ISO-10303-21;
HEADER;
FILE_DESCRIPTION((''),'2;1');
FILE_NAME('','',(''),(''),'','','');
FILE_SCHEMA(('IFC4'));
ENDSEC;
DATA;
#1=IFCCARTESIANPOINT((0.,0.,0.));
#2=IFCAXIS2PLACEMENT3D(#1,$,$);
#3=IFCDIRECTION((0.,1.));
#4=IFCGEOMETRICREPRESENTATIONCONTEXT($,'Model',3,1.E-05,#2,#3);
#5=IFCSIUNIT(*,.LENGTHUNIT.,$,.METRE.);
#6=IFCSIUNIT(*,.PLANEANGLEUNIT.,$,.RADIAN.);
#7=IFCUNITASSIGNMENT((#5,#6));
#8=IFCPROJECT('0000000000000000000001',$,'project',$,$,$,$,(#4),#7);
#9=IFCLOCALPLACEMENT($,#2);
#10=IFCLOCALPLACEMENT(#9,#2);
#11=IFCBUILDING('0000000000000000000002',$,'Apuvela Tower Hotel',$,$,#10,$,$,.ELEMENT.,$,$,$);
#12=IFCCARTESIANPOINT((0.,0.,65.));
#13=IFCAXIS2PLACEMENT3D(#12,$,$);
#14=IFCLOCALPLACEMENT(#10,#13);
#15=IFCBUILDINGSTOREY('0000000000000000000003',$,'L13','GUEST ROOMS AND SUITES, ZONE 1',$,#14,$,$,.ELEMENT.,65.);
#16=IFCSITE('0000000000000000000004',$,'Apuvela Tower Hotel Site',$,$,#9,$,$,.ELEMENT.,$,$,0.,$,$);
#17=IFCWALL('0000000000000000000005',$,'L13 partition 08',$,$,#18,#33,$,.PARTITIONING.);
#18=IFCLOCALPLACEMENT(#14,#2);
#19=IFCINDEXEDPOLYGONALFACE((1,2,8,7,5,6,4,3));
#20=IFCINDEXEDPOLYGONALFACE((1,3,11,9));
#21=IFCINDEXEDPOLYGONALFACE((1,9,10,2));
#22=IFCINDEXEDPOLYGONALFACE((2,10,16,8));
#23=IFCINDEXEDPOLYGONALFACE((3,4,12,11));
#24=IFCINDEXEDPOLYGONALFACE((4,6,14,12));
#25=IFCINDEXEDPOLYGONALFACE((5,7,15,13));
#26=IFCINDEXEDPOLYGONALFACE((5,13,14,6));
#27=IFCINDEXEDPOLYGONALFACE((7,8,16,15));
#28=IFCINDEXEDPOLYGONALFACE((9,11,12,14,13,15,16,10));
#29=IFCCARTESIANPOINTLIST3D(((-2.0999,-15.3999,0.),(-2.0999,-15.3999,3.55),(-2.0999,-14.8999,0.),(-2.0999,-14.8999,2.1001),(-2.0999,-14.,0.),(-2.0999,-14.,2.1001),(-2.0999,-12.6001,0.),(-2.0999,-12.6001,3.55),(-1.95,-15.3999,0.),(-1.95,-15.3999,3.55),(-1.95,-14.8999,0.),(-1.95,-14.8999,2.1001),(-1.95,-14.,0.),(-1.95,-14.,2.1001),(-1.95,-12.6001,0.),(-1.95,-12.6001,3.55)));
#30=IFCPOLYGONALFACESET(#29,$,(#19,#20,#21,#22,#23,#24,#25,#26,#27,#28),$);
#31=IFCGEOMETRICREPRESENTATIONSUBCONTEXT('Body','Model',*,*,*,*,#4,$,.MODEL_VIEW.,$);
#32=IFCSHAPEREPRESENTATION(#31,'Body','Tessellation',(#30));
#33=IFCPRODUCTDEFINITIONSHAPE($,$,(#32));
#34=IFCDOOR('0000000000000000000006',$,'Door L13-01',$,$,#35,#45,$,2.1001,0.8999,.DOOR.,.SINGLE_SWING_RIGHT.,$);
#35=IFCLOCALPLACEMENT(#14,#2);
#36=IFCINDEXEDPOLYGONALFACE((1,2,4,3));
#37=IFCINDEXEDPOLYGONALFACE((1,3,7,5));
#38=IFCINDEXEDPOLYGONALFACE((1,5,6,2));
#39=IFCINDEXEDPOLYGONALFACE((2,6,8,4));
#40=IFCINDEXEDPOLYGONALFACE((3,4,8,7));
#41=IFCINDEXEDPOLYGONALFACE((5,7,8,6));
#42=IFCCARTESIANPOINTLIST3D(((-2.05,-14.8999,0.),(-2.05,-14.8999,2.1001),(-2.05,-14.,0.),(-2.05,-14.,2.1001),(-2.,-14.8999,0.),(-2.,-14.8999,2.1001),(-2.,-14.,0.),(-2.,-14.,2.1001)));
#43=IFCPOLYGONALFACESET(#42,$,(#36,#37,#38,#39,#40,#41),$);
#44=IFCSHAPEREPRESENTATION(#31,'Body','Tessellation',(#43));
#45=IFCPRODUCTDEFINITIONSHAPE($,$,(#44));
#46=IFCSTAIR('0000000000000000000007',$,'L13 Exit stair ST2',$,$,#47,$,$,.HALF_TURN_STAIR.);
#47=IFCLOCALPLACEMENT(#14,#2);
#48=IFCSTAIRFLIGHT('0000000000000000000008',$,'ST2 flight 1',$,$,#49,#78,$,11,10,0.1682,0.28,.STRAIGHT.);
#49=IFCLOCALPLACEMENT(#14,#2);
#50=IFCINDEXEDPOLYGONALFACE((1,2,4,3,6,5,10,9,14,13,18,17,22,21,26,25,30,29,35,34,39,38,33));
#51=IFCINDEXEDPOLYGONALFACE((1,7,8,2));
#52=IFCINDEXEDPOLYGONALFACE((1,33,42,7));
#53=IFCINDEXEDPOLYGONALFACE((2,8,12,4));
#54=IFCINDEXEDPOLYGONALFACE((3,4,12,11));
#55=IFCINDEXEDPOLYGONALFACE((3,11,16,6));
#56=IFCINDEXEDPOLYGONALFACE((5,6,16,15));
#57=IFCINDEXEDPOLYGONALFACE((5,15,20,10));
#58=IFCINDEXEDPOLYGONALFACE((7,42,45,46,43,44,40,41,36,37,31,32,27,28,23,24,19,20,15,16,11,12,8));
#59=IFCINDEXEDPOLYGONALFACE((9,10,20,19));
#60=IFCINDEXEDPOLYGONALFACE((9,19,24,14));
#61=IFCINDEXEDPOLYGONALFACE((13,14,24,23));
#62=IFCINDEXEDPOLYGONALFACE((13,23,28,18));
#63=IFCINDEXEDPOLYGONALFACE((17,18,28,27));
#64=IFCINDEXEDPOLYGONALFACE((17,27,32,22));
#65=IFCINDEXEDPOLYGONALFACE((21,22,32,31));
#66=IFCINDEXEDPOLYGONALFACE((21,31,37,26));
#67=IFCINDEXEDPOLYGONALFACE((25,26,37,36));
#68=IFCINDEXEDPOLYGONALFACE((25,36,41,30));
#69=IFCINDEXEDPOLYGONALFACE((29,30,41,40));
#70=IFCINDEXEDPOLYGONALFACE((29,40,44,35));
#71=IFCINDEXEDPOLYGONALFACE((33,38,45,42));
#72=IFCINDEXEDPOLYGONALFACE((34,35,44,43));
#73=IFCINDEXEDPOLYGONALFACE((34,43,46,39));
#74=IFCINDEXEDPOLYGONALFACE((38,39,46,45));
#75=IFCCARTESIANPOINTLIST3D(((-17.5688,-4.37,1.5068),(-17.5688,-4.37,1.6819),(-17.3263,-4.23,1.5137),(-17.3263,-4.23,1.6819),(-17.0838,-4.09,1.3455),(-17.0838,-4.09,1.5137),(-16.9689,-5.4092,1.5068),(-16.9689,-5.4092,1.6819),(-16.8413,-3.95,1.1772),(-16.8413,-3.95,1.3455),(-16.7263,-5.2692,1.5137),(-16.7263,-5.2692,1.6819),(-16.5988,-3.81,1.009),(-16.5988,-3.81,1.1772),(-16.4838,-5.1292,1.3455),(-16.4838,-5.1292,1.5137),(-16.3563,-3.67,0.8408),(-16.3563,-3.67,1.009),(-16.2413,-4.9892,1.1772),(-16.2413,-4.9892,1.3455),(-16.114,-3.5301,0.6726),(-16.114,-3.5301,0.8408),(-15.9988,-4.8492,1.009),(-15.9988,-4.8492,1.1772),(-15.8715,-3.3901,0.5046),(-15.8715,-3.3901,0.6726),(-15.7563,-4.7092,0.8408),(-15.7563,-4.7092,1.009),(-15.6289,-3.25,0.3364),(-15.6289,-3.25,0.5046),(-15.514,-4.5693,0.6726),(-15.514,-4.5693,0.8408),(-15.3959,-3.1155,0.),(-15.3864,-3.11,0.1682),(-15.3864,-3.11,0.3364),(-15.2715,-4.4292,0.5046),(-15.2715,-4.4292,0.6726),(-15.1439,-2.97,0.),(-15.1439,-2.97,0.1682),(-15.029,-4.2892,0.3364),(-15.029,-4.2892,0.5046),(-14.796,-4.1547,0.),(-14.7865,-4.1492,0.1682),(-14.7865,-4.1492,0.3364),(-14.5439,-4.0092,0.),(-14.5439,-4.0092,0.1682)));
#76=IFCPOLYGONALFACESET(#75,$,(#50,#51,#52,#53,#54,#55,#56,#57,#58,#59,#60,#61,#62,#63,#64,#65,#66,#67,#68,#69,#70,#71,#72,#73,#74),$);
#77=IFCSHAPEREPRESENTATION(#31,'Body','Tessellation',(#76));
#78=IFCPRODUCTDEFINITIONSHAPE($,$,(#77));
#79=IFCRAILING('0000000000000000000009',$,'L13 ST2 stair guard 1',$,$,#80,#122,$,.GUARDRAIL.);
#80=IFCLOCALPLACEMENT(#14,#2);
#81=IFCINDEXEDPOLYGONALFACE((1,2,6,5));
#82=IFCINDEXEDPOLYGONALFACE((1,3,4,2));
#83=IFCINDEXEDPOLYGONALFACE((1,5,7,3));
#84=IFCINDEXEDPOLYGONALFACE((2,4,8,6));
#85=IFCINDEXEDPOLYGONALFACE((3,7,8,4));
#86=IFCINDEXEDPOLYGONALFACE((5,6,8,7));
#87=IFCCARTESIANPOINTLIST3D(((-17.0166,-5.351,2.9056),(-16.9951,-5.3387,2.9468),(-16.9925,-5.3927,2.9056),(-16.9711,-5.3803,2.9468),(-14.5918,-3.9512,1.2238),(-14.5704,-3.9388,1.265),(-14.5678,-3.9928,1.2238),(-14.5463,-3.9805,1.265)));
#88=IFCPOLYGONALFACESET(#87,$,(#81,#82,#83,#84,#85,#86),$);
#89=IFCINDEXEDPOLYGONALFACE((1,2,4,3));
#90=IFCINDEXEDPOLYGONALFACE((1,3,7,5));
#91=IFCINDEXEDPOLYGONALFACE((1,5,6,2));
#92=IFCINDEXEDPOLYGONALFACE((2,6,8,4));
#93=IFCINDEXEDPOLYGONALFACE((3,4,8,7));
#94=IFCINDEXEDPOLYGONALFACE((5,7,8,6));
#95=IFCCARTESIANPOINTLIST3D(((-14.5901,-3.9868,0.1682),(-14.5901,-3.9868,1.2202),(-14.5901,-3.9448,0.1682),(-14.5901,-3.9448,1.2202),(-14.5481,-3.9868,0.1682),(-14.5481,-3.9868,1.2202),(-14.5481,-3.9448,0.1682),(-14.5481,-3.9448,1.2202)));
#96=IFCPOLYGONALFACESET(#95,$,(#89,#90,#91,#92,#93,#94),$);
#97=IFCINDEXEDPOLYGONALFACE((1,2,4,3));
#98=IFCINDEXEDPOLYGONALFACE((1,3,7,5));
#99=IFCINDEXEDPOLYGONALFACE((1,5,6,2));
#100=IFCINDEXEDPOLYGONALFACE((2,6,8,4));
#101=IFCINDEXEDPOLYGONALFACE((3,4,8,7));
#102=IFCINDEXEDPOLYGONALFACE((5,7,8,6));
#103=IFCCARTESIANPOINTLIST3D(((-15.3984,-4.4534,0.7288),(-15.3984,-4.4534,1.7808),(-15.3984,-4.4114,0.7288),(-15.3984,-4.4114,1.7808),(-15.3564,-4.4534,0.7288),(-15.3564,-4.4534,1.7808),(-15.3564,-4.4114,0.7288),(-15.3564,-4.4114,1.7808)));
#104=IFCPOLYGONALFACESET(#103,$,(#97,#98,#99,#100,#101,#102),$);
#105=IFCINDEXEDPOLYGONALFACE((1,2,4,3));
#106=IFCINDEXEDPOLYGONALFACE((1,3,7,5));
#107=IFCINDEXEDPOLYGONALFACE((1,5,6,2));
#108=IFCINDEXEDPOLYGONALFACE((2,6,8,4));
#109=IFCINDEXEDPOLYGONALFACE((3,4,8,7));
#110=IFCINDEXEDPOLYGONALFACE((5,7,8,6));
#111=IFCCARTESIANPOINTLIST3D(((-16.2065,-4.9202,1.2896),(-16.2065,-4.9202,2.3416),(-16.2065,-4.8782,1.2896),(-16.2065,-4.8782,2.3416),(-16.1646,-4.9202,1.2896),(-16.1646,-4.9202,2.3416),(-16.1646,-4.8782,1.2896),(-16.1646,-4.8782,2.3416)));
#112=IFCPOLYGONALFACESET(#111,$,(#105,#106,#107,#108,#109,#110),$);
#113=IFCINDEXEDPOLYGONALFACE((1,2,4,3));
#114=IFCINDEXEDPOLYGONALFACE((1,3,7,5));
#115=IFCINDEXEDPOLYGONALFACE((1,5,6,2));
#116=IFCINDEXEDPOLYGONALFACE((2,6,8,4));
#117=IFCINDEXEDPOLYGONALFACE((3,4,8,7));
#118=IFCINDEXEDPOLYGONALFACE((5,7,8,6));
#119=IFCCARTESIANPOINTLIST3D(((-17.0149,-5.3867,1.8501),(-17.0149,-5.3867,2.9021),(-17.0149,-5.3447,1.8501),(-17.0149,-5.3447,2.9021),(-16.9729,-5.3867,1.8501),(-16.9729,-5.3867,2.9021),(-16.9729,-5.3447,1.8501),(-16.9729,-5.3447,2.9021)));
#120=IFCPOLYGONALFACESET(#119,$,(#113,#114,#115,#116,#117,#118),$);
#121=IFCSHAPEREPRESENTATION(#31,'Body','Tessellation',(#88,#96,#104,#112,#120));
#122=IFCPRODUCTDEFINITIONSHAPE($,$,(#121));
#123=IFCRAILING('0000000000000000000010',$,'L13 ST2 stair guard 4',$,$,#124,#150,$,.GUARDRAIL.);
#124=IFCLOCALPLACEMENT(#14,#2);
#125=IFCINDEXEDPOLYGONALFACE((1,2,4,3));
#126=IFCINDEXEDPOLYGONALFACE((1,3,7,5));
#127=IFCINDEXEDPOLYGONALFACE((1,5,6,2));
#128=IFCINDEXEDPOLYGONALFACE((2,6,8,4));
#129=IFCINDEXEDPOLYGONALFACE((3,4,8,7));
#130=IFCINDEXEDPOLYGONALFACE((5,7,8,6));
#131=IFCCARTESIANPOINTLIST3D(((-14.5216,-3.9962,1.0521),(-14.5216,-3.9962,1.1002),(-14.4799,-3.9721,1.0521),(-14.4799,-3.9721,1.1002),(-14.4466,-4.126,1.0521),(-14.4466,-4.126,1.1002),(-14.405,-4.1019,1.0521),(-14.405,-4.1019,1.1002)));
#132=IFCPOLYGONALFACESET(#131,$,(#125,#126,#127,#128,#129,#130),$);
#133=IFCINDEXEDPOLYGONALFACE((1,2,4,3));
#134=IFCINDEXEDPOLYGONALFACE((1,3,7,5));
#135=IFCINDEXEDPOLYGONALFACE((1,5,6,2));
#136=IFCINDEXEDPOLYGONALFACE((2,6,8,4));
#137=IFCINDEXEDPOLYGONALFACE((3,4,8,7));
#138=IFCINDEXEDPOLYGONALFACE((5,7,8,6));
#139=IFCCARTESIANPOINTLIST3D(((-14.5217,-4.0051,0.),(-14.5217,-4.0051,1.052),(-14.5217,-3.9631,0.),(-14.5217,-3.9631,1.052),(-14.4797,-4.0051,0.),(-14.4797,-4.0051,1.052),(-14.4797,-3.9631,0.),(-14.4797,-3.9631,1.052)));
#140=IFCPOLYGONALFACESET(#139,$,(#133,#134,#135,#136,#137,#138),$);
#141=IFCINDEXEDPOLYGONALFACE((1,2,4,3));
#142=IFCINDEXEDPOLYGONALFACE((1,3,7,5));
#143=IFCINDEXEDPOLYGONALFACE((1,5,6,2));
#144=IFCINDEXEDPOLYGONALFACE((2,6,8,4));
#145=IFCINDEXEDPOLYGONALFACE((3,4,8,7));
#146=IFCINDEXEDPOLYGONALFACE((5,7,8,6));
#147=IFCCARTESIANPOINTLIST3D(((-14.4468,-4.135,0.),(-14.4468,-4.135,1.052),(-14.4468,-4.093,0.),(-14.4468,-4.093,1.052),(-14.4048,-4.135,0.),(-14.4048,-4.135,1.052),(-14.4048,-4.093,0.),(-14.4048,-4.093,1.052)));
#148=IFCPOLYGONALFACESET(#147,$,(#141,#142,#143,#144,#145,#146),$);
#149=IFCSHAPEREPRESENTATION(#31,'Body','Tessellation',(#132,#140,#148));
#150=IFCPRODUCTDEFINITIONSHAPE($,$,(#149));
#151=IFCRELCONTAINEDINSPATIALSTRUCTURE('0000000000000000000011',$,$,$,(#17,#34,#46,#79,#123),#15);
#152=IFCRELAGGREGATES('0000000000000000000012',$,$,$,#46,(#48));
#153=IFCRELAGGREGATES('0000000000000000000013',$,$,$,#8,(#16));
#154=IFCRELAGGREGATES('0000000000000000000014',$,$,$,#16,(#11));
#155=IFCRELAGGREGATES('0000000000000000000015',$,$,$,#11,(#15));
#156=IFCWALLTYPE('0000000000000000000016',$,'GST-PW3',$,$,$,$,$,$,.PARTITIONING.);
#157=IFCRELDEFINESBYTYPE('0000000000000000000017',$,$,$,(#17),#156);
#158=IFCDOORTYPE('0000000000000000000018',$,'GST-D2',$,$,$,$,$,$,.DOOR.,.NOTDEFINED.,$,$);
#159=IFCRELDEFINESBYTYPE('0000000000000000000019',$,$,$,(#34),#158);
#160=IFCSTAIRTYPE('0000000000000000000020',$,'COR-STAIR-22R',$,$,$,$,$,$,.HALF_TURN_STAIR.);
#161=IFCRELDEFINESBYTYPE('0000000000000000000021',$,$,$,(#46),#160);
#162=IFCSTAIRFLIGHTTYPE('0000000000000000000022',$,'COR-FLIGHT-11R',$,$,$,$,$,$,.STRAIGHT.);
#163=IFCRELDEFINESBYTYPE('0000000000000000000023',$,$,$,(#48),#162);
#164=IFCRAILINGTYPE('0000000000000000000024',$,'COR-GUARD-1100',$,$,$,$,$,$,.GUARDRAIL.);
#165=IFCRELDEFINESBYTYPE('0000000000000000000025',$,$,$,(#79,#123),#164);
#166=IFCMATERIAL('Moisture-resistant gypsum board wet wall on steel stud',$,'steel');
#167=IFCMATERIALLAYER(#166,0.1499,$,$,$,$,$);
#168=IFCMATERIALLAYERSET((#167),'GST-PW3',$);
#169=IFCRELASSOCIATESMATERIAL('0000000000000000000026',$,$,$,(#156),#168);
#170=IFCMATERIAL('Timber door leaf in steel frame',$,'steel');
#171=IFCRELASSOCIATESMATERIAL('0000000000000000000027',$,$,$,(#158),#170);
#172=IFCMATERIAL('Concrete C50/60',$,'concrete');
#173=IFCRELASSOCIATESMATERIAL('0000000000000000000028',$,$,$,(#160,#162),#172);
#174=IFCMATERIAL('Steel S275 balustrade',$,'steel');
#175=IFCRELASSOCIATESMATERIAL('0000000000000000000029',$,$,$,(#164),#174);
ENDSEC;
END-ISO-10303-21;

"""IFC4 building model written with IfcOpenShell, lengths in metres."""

from ifc_helpers import new_model, si_unit, direction, frame, frame_2d, origin, origin_2d, place, context, subcontext, project, spatial, polyline, rectangle, outline, extrude, material, layer, layer_set, type_object, element, fill, aggregate, save


model = new_model("IFC4")

# Units and contexts
model_context = context("Model", 3, precision=1e-05, world=origin(), true_north=direction((0.0, 1.0)))
body_context = subcontext(model_context, "Body", "Model", "MODEL_VIEW")
ifc_project = project(units=[si_unit("LENGTHUNIT", "METRE"), si_unit("PLANEANGLEUNIT", "RADIAN")], contexts=[model_context])

# Site, building, storey
site_placement = place(None, origin())
site = spatial("IfcSite", under=ifc_project, at=site_placement, Name="Apuvela Tower Hotel Site", CompositionType="ELEMENT", RefElevation=0.0)
building_placement = place(site_placement, origin())
building = spatial("IfcBuilding", under=site, at=building_placement, Name="Apuvela Tower Hotel", CompositionType="ELEMENT")
storey_placement = place(building_placement, frame((0.0, 0.0, 65.0)))
storey = spatial("IfcBuildingStorey", under=building, at=storey_placement, Name="L13", Description="GUEST ROOMS AND SUITES, ZONE 1", CompositionType="ELEMENT", Elevation=65.0)

# Shared definitions
ifc_material_1 = material(Name="Concrete C50/60", Category="concrete")

# Wall, opening, door
ifc_material_2 = material(Name="Timber door leaf in steel frame", Category="steel")
ifc_material_3 = material(Name="Moisture-resistant gypsum board wet wall on steel stud", Category="steel")
ifc_layer_1 = layer(ifc_material_3, 0.1499)
ifc_layer_set_1 = layer_set([ifc_layer_1], Name="GST-PW3")
wall_type_1 = type_object("IfcWallType", Name="GST-PW3", PredefinedType="PARTITIONING", material=ifc_layer_set_1)
wall_1_placement = place(storey_placement, frame((-2.0249, -12.6001, 0.0), z_axis=(0.0, 0.0, 1.0), x_axis=(0.0, -1.0, 0.0)))
wall_1 = element("IfcWall", 1, at=wall_1_placement, inside=storey, type_object=wall_type_1, Name="L13 partition 08", PredefinedType="PARTITIONING", context=body_context, shape_type="SweptSolid", body=[
    extrude(rectangle(XDim=2.7998, YDim=0.1499, at=frame_2d((1.3999, 0.0))), origin(), (0.0, 0.0, 1.0), 3.55),
])
opening_1_placement = place(wall_1_placement, frame((1.3999, 0.0, 0.0)))
opening_1 = element("IfcOpeningElement", 2, at=opening_1_placement, cuts=wall_1, PredefinedType="OPENING", context=body_context, shape_type="SweptSolid", body=[
    extrude(rectangle(XDim=0.8999, YDim=2.1001, at=frame_2d((0.45, 1.05))), frame((0.0, 0.085, 0.0), z_axis=(0.0, -1.0, 0.0), x_axis=(1.0, 0.0, 0.0)), (0.0, 0.0, 1.0), 0.1699),
])
door_type_1 = type_object("IfcDoorType", Name="GST-D2", OperationType="NOTDEFINED", PredefinedType="DOOR", material=ifc_material_2)
door_1_placement = place(opening_1_placement, origin())
door_1 = element("IfcDoor", 3, at=door_1_placement, inside=storey, type_object=door_type_1, Name="Door L13-01", OperationType="SINGLE_SWING_RIGHT", OverallHeight=2.1001, OverallWidth=0.8999, PredefinedType="DOOR", context=body_context, shape_type="SweptSolid", body=[
    extrude(rectangle(XDim=0.8999, YDim=2.1001, at=frame_2d((0.45, 1.05))), frame((0.0, 0.0249, 0.0), z_axis=(0.0, -1.0, 0.0), x_axis=(1.0, 0.0, 0.0)), (0.0, 0.0, 1.0), 0.05),
])
fill(opening_1, door_1)

# Stair, stair flight
stair_type = type_object("IfcStairType", Name="COR-STAIR-22R", PredefinedType="HALF_TURN_STAIR", material=ifc_material_1)
stair_placement = place(storey_placement, origin())
stair = element("IfcStair", 4, at=stair_placement, inside=storey, type_object=stair_type, Name="L13 Exit stair ST2", PredefinedType="HALF_TURN_STAIR")
stair_flight_type = type_object("IfcStairFlightType", Name="COR-FLIGHT-11R", PredefinedType="STRAIGHT", material=ifc_material_1)
stair_flight_placement = place(storey_placement, frame((-14.844, -3.4895, 0.0), z_axis=(0.0, 0.0, 1.0), x_axis=(-0.866025, -0.5, 0.0)))
stair_flight = element("IfcStairFlight", 5, at=stair_flight_placement, type_object=stair_flight_type, Name="ST2 flight 1", NumberOfRisers=11, NumberOfTreads=10, PredefinedType="STRAIGHT", RiserHeight=0.1682, TreadLength=0.28, context=body_context, shape_type="SweptSolid", body=[
    extrude(outline(polyline([(0.0, 0.0), (0.0, 0.1682), (0.28, 0.1682), (0.28, 0.3364), (0.5601, 0.3364), (0.5601, 0.5046), (0.8401, 0.5046), (0.8401, 0.6726), (1.1201, 0.6726), (1.1201, 0.8408), (1.3999, 0.8408), (1.3999, 1.009), (1.6799, 1.009), (1.6799, 1.1772), (1.96, 1.1772), (1.96, 1.3455), (2.24, 1.3455), (2.24, 1.5137), (2.52, 1.5137), (2.52, 1.6819), (2.8, 1.6819), (2.8, 1.8501), (2.8, 1.5068), (0.291, 0.0), (0.0, 0.0)])), frame((0.0, 0.6001, 0.0), z_axis=(0.0, -1.0, 0.0), x_axis=(1.0, 0.0, 0.0)), (0.0, 0.0, 1.0), 1.2),
])
aggregate(stair, [stair_flight])

# Railings
ifc_material_4 = material(Name="Steel S275 balustrade", Category="steel")
railing_type_1 = type_object("IfcRailingType", Name="COR-GUARD-1100", PredefinedType="GUARDRAIL", material=ifc_material_4)
railing_1_placement = place(storey_placement, frame((-14.5691, -3.9658, 0.1682)))
element("IfcRailing", 6, at=railing_1_placement, inside=storey, type_object=railing_type_1, Name="L13 ST2 stair guard 1", PredefinedType="GUARDRAIL", context=body_context, shape_type="SweptSolid", body=[
    extrude(rectangle(XDim=0.0481, YDim=0.0481, at=origin_2d()), frame((0.0, 0.0, 1.0762), z_axis=(-0.74239, -0.428601, 0.514934), x_axis=(0.499984, -0.866035, 0.0)), (0.0, 0.0, 1.0), 3.2661),
    extrude(rectangle(XDim=0.042, YDim=0.042, at=origin_2d()), origin(), (0.0, 0.0, 1.0), 1.052),
    extrude(rectangle(XDim=0.042, YDim=0.042, at=origin_2d()), frame((-0.8083, -0.4666, 0.5605)), (0.0, 0.0, 1.0), 1.052),
    extrude(rectangle(XDim=0.042, YDim=0.042, at=origin_2d()), frame((-1.6165, -0.9333, 1.1213)), (0.0, 0.0, 1.0), 1.052),
    extrude(rectangle(XDim=0.042, YDim=0.042, at=origin_2d()), frame((-2.4248, -1.3999, 1.6819)), (0.0, 0.0, 1.0), 1.052),
])
railing_2_placement = place(storey_placement, frame((-14.5007, -3.9841, 0.0)))
element("IfcRailing", 7, at=railing_2_placement, inside=storey, type_object=railing_type_1, Name="L13 ST2 stair guard 4", PredefinedType="GUARDRAIL", context=body_context, shape_type="SweptSolid", body=[
    extrude(rectangle(XDim=0.0481, YDim=0.0481, at=origin_2d()), frame((0.0, 0.0, 1.0762), z_axis=(0.499816, -0.866131, 0.0), x_axis=(0.866131, 0.499816, 0.0)), (0.0, 0.0, 1.0), 0.1499),
    extrude(rectangle(XDim=0.042, YDim=0.042, at=origin_2d()), origin(), (0.0, 0.0, 1.0), 1.052),
    extrude(rectangle(XDim=0.042, YDim=0.042, at=origin_2d()), frame((0.075, -0.1299, 0.0)), (0.0, 0.0, 1.0), 1.052),
])

save(model, "model.ifc")
